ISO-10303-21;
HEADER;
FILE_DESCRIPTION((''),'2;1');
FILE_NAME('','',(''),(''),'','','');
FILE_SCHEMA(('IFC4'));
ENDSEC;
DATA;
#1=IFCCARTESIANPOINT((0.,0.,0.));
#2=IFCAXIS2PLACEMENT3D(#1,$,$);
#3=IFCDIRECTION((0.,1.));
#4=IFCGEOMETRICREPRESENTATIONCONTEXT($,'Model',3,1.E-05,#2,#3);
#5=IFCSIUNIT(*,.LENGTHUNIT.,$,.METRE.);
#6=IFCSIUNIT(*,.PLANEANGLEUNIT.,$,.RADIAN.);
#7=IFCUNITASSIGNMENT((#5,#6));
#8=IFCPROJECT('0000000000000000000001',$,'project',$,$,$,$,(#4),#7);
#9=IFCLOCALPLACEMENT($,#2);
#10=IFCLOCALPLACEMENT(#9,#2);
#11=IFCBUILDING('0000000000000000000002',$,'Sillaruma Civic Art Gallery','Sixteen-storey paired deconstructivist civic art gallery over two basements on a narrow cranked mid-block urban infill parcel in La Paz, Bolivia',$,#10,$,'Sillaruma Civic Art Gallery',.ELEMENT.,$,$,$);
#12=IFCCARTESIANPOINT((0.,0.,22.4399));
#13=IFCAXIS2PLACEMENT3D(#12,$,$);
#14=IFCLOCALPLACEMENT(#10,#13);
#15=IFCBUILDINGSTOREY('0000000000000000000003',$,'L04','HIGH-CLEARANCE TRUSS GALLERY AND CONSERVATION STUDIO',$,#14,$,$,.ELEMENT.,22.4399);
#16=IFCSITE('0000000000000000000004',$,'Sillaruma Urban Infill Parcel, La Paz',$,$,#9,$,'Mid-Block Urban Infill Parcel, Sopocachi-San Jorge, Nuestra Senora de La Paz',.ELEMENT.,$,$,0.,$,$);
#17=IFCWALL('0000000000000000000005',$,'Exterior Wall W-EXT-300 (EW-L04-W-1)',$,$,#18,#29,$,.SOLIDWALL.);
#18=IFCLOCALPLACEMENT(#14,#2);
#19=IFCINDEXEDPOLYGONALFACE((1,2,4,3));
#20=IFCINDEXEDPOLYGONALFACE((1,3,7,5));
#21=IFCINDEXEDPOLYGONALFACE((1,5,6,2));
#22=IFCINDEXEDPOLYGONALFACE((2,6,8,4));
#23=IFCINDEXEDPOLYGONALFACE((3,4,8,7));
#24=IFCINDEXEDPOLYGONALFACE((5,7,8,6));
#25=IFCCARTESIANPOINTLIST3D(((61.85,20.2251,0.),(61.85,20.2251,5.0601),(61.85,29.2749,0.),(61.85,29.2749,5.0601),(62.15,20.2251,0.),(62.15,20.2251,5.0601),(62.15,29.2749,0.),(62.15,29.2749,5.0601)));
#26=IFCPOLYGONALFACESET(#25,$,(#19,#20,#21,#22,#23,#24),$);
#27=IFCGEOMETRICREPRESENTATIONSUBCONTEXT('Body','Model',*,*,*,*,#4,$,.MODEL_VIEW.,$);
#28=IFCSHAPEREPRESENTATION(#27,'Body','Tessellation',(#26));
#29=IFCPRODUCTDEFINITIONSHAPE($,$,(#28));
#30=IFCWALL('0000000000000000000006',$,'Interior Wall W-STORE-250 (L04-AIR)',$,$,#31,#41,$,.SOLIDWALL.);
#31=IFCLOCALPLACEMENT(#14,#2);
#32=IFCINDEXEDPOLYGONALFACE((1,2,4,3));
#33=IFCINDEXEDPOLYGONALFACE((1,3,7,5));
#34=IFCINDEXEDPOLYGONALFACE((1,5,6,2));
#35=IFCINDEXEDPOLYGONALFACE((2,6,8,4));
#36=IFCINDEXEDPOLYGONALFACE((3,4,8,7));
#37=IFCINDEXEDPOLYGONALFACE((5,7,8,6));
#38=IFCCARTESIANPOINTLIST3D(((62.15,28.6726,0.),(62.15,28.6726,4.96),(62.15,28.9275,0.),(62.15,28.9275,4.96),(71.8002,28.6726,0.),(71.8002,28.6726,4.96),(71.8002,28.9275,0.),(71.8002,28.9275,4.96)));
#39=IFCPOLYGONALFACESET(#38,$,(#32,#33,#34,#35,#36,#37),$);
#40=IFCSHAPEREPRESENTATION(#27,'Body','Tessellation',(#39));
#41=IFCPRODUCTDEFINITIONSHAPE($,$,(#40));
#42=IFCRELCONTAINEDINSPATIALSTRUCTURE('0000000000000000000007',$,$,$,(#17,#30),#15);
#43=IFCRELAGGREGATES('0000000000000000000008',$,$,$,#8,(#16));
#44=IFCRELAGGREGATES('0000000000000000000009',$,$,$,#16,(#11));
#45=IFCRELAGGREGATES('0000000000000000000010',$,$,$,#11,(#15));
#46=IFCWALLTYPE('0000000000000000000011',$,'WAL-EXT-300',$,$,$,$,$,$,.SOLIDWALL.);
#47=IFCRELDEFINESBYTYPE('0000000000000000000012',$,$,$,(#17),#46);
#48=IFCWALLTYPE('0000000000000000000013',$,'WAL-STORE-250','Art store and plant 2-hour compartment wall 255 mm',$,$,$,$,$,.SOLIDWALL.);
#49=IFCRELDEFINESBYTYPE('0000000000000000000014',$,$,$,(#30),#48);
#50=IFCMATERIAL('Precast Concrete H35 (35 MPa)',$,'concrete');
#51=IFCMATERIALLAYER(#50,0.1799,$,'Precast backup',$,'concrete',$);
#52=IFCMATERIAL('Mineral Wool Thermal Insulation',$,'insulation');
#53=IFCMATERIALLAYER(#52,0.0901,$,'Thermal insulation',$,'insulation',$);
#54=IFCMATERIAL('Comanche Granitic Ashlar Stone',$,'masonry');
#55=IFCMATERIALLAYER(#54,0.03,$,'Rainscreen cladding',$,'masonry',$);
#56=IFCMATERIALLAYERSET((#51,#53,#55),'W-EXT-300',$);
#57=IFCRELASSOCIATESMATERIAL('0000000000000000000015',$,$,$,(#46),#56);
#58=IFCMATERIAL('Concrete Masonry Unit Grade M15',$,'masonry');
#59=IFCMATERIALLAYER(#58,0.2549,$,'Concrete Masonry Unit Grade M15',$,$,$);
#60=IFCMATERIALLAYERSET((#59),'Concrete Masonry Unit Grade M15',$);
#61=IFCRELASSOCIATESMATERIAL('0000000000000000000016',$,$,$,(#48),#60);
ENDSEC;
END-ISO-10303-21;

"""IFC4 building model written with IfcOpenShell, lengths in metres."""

from ifc_helpers import new_model, si_unit, direction, frame, frame_2d, origin, place, context, subcontext, project, spatial, rectangle, extrude, material, layer, layer_set, type_object, element, save


model = new_model("IFC4")

# Units and contexts
model_context = context("Model", 3, precision=1e-05, world=origin(), true_north=direction((0.0, 1.0)))
body_context = subcontext(model_context, "Body", "Model", "MODEL_VIEW")
ifc_project = project(units=[si_unit("LENGTHUNIT", "METRE"), si_unit("PLANEANGLEUNIT", "RADIAN")], contexts=[model_context])

# Site, building, storey
site_placement = place(None, origin())
site = spatial("IfcSite", under=ifc_project, at=site_placement, Name="Sillaruma Urban Infill Parcel, La Paz", LongName="Mid-Block Urban Infill Parcel, Sopocachi-San Jorge, Nuestra Senora de La Paz", CompositionType="ELEMENT", RefElevation=0.0)
building_placement = place(site_placement, origin())
building = spatial("IfcBuilding", under=site, at=building_placement, Name="Sillaruma Civic Art Gallery", Description="Sixteen-storey paired deconstructivist civic art gallery over two basements on a narrow cranked mid-block urban infill parcel in La Paz, Bolivia", LongName="Sillaruma Civic Art Gallery", CompositionType="ELEMENT")
storey_placement = place(building_placement, frame((0.0, 0.0, 22.4399)))
storey = spatial("IfcBuildingStorey", under=building, at=storey_placement, Name="L04", Description="HIGH-CLEARANCE TRUSS GALLERY AND CONSERVATION STUDIO", CompositionType="ELEMENT", Elevation=22.4399)

# Shared definitions
ifc_material_1 = material(Name="Mineral Wool Thermal Insulation", Category="insulation")

# Walls
ifc_material_2 = material(Name="Precast Concrete H35 (35 MPa)", Category="concrete")
ifc_layer_1 = layer(ifc_material_2, 0.1799, Name="Precast backup", Category="concrete")
ifc_layer_2 = layer(ifc_material_1, 0.0901, Name="Thermal insulation", Category="insulation")
ifc_material_3 = material(Name="Comanche Granitic Ashlar Stone", Category="masonry")
ifc_layer_3 = layer(ifc_material_3, 0.03, Name="Rainscreen cladding", Category="masonry")
ifc_layer_set_1 = layer_set([ifc_layer_1, ifc_layer_2, ifc_layer_3], Name="W-EXT-300")
wall_type_1 = type_object("IfcWallType", Name="WAL-EXT-300", PredefinedType="SOLIDWALL", material=ifc_layer_set_1)
wall_1_placement = place(storey_placement, frame((62.0, 20.2251, 0.0), z_axis=(0.0, 0.0, 1.0), x_axis=(0.0, 1.0, 0.0)))
element("IfcWall", 1, at=wall_1_placement, inside=storey, type_object=wall_type_1, Name="Exterior Wall W-EXT-300 (EW-L04-W-1)", PredefinedType="SOLIDWALL", context=body_context, shape_type="SweptSolid", body=[
    extrude(rectangle(XDim=9.0498, YDim=0.3, at=frame_2d((4.5249, 0.0))), origin(), (0.0, 0.0, 1.0), 5.0601),
])
ifc_material_4 = material(Name="Concrete Masonry Unit Grade M15", Category="masonry")
ifc_layer_4 = layer(ifc_material_4, 0.2549, Name="Concrete Masonry Unit Grade M15")
ifc_layer_set_2 = layer_set([ifc_layer_4], Name="Concrete Masonry Unit Grade M15")
wall_type_2 = type_object("IfcWallType", Name="WAL-STORE-250", Description="Art store and plant 2-hour compartment wall 255 mm", PredefinedType="SOLIDWALL", material=ifc_layer_set_2)
wall_2_placement = place(storey_placement, frame((62.1499, 28.8, 0.0), z_axis=(0.0, 0.0, 1.0), x_axis=(1.0, 0.0, 0.0)))
element("IfcWall", 2, at=wall_2_placement, inside=storey, type_object=wall_type_2, Name="Interior Wall W-STORE-250 (L04-AIR)", PredefinedType="SOLIDWALL", context=body_context, shape_type="SweptSolid", body=[
    extrude(rectangle(XDim=9.6501, YDim=0.2549, at=frame_2d((4.8252, 0.0))), origin(), (0.0, 0.0, 1.0), 4.96),
])

save(model, "model.ifc")
